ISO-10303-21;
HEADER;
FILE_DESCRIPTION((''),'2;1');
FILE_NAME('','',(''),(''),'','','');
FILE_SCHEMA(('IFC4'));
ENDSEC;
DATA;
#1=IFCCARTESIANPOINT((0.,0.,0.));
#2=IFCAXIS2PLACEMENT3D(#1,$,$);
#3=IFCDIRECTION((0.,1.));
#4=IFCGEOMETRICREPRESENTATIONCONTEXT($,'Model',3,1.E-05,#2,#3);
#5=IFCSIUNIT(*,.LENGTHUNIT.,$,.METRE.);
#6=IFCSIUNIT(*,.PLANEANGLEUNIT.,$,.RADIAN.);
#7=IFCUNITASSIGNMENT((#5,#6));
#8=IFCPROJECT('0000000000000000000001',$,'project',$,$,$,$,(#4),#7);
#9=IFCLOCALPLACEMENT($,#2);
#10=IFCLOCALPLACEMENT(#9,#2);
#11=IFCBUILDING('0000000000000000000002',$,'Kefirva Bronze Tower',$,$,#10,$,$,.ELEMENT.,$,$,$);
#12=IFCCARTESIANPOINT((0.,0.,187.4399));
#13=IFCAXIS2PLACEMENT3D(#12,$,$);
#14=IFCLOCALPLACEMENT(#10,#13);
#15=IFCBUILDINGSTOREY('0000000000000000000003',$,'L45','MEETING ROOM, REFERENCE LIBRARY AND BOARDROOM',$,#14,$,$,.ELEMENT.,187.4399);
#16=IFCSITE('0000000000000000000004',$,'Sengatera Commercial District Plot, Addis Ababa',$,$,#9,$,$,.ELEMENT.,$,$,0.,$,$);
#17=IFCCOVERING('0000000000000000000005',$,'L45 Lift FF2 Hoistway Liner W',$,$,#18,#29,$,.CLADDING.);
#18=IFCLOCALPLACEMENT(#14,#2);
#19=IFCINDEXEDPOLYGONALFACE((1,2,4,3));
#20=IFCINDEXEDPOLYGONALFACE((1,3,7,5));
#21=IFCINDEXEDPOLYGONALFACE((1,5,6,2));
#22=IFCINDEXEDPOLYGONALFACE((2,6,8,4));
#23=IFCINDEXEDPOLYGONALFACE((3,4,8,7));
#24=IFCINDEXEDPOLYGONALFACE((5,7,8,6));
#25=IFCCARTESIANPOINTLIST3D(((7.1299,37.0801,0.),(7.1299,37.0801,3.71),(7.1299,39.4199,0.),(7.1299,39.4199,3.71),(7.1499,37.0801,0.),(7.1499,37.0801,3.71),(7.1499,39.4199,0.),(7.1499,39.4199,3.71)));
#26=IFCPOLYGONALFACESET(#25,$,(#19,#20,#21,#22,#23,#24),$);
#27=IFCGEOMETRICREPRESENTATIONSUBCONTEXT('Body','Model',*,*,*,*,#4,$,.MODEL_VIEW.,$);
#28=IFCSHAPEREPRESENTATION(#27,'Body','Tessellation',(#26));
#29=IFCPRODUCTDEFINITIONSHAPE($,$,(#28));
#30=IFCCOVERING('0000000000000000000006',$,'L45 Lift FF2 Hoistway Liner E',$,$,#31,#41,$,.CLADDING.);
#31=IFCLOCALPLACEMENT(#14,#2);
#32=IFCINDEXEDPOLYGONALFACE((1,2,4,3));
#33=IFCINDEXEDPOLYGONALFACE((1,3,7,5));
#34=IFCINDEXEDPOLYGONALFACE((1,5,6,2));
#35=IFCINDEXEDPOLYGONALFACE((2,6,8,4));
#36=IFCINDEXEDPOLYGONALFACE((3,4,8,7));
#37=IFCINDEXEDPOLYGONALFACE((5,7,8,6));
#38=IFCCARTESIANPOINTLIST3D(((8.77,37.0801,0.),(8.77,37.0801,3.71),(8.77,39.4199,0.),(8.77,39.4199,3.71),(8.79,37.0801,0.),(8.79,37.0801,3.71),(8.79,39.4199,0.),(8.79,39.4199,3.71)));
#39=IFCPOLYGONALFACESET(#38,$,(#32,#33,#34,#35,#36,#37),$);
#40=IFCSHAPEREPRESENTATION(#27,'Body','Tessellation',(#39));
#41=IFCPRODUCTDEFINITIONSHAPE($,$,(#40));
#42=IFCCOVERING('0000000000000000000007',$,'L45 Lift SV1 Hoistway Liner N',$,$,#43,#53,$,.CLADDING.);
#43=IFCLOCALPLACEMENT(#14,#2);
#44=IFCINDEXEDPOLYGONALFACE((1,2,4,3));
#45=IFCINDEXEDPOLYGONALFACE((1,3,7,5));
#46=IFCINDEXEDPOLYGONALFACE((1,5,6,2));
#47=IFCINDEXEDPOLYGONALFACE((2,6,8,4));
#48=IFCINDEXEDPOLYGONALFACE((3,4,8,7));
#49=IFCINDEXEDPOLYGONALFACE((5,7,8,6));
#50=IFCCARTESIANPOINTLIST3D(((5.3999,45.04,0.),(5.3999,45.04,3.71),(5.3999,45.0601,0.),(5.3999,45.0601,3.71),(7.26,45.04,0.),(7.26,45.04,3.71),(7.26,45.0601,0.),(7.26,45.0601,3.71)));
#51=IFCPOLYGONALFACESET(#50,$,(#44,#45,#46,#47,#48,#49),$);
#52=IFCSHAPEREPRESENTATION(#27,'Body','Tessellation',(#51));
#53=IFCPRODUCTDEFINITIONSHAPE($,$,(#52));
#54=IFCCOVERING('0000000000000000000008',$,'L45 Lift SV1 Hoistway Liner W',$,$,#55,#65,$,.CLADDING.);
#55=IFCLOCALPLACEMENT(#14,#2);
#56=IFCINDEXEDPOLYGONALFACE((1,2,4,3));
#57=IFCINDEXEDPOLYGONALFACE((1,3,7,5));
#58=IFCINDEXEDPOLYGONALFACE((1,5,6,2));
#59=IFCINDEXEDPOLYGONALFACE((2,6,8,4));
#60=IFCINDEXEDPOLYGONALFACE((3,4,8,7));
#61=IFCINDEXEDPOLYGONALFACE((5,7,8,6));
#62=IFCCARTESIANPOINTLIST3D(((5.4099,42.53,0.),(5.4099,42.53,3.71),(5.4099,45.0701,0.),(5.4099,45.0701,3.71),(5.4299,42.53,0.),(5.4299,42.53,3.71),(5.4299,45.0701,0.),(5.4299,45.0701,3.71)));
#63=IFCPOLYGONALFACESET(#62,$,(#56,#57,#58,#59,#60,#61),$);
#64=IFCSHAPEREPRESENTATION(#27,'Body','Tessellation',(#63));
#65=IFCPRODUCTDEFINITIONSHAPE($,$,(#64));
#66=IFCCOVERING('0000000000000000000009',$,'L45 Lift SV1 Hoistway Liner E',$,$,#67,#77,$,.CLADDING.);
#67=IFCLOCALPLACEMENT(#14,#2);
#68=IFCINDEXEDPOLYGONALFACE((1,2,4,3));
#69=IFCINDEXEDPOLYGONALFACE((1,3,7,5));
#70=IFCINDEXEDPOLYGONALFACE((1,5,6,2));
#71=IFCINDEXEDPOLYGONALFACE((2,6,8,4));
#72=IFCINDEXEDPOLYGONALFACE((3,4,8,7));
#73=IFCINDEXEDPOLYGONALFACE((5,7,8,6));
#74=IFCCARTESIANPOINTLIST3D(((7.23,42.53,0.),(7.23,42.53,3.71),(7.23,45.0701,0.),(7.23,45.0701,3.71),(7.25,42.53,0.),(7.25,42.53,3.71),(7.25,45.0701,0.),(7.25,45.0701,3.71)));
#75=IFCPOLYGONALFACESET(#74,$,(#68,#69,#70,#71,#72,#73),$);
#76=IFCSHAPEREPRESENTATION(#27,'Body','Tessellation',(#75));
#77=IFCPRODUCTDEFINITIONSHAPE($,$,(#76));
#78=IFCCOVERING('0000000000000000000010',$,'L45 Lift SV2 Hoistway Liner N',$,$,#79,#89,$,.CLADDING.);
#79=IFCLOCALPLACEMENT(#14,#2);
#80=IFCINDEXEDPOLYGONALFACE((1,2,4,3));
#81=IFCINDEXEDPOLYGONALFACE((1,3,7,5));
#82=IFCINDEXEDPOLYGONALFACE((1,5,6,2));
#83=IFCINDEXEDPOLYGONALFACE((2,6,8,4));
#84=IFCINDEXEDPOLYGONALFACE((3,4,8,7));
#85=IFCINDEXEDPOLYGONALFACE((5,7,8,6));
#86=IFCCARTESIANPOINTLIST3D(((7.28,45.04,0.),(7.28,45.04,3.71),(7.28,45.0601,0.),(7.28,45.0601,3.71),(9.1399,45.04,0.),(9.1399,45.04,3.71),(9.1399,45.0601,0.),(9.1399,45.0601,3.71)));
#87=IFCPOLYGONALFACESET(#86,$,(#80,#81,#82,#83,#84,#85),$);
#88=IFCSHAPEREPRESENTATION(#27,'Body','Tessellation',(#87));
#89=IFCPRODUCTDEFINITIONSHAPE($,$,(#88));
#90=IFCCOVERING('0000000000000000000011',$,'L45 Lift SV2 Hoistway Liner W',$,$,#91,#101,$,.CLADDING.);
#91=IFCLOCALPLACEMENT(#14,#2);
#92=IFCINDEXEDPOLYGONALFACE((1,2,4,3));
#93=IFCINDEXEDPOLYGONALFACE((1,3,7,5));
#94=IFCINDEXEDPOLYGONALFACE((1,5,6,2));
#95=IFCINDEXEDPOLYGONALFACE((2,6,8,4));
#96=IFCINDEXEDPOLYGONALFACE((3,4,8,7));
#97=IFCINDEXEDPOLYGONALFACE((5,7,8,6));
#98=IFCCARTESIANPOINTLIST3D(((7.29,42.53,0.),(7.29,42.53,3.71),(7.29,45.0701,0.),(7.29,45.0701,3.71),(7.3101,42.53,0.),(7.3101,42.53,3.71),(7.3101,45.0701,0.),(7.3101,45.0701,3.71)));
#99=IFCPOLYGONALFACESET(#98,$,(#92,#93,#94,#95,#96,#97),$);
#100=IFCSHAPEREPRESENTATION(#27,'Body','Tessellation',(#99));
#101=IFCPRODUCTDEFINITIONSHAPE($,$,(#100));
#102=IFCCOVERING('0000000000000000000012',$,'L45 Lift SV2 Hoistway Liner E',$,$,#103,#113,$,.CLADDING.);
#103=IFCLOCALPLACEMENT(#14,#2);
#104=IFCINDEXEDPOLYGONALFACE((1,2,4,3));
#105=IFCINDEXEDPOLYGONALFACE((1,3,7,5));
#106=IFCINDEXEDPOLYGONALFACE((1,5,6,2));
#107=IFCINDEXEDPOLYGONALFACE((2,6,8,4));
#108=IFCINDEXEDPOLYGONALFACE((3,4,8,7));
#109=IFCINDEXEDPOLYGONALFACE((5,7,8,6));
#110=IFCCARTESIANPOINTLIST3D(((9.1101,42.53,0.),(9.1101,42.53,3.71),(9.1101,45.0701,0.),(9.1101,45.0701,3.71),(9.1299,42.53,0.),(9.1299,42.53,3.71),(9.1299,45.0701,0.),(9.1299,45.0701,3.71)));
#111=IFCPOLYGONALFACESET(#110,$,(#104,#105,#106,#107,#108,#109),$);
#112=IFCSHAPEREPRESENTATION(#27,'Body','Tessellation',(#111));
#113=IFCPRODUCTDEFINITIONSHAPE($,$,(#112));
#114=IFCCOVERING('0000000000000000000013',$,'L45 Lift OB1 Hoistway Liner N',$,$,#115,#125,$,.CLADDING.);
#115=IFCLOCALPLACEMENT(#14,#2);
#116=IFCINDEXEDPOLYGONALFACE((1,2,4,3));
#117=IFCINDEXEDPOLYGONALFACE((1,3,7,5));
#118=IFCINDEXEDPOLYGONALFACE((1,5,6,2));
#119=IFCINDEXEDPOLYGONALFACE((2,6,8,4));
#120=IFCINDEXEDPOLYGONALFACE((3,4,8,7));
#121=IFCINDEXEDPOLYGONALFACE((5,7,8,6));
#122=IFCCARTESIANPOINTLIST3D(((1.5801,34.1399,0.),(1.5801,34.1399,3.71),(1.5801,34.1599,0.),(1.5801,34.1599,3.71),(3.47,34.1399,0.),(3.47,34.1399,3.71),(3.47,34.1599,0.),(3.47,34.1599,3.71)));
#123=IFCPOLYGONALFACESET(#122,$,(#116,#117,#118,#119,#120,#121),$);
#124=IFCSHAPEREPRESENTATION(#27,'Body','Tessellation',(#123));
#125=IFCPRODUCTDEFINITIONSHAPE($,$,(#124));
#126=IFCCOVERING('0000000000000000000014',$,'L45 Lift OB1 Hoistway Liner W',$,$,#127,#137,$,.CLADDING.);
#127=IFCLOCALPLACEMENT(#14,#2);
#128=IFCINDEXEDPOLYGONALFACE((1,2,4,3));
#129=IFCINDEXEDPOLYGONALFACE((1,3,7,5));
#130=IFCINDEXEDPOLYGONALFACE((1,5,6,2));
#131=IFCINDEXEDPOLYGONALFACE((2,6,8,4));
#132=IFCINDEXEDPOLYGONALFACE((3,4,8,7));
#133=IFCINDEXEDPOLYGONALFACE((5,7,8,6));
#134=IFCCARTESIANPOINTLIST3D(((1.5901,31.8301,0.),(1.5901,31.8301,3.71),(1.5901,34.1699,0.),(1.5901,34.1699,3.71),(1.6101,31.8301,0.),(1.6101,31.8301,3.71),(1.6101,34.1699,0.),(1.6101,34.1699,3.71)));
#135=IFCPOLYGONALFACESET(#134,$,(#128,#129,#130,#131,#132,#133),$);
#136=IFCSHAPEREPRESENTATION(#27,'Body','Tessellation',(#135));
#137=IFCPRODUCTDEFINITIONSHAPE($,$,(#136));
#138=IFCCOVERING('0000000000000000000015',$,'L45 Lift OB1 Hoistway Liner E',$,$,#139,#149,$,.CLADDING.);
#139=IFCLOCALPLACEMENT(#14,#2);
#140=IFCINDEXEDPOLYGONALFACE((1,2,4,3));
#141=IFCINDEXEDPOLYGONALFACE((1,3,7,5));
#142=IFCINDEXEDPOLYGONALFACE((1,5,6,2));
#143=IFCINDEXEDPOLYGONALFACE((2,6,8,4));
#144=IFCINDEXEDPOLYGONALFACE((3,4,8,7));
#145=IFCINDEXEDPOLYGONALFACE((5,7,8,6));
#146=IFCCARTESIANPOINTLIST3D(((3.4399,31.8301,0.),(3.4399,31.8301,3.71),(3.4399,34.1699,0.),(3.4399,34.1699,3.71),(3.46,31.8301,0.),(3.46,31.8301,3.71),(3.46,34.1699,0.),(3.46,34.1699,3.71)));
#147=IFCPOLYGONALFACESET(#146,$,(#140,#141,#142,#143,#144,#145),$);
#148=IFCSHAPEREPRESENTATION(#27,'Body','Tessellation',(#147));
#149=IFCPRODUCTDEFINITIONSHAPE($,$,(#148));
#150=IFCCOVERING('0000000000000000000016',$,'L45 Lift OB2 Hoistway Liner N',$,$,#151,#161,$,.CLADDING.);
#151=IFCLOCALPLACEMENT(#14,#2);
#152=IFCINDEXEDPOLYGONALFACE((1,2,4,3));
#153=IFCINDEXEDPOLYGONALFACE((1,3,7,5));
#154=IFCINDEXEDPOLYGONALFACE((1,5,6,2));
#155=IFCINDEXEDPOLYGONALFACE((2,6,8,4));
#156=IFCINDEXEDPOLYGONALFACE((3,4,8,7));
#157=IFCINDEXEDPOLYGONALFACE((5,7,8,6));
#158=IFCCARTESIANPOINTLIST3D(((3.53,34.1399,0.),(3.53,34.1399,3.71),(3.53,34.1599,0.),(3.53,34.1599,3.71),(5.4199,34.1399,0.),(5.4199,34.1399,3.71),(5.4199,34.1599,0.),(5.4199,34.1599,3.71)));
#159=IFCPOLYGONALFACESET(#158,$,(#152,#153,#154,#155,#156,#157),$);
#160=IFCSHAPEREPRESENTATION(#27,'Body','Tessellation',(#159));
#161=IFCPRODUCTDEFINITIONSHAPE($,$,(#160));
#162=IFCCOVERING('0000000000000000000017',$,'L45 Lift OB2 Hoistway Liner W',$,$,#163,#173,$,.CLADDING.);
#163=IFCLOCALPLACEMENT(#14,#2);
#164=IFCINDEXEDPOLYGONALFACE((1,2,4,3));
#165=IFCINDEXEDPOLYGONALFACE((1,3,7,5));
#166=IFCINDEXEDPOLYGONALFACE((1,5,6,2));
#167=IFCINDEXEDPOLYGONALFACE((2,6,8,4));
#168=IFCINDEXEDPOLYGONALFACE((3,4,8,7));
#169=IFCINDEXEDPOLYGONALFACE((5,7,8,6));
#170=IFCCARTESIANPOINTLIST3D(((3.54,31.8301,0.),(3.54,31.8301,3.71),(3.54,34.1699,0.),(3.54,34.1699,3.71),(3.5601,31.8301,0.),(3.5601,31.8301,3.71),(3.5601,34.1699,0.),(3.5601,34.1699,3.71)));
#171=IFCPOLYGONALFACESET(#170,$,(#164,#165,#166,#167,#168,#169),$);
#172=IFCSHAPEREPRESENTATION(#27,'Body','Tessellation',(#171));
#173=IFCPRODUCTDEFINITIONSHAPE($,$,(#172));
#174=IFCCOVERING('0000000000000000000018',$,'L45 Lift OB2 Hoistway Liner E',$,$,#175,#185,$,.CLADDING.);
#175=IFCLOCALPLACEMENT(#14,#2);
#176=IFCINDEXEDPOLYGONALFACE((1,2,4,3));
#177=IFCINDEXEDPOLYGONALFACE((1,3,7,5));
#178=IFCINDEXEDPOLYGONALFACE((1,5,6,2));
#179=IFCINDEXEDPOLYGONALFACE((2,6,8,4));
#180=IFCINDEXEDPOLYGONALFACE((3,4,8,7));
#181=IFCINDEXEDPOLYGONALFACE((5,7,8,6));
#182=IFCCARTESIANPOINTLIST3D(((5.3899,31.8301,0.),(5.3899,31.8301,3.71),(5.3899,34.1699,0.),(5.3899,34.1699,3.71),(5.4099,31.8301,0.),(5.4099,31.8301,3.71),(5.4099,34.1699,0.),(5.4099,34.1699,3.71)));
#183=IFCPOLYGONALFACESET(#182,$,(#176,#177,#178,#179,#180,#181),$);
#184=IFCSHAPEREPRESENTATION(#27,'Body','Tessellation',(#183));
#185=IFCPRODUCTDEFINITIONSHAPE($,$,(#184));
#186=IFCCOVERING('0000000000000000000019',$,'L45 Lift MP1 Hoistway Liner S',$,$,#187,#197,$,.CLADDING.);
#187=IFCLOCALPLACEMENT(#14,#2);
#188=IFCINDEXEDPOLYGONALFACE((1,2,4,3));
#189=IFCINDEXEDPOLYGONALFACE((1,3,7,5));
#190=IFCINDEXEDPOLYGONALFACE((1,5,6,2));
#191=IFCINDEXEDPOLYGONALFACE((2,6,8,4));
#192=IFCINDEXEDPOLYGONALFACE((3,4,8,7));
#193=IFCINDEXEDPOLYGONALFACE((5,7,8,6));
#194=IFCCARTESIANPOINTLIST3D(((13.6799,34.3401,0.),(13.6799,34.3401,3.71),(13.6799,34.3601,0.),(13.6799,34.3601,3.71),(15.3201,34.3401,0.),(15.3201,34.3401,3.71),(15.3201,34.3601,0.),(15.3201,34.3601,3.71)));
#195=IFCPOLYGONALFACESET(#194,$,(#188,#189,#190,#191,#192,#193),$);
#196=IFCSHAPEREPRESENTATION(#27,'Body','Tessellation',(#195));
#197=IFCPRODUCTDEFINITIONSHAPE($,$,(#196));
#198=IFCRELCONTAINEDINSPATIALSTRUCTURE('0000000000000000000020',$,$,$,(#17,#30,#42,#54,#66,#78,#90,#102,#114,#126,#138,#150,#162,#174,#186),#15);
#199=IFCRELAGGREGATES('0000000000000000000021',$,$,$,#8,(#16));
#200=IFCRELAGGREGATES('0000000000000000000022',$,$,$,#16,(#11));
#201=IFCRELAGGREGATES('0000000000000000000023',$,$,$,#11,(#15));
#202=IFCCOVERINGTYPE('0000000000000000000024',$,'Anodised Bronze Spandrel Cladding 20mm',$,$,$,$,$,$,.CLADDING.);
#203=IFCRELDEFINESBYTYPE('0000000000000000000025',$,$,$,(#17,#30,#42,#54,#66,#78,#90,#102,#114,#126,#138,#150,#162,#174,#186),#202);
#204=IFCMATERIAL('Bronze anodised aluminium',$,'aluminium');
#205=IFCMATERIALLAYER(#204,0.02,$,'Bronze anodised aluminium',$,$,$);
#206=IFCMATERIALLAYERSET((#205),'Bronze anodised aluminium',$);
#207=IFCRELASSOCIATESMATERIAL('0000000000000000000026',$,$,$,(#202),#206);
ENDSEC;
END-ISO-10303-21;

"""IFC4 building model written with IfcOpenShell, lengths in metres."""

from ifc_helpers import new_model, si_unit, direction, frame, origin, place, context, subcontext, project, spatial, polyline, outline, extrude, material, layer, layer_set, type_object, element, save


model = new_model("IFC4")

# Units and contexts
model_context = context("Model", 3, precision=1e-05, world=origin(), true_north=direction((0.0, 1.0)))
body_context = subcontext(model_context, "Body", "Model", "MODEL_VIEW")
ifc_project = project(units=[si_unit("LENGTHUNIT", "METRE"), si_unit("PLANEANGLEUNIT", "RADIAN")], contexts=[model_context])

# Site, building, storey
site_placement = place(None, origin())
site = spatial("IfcSite", under=ifc_project, at=site_placement, Name="Sengatera Commercial District Plot, Addis Ababa", CompositionType="ELEMENT", RefElevation=0.0)
building_placement = place(site_placement, origin())
building = spatial("IfcBuilding", under=site, at=building_placement, Name="Kefirva Bronze Tower", CompositionType="ELEMENT")
storey_placement = place(building_placement, frame((0.0, 0.0, 187.4399)))
storey = spatial("IfcBuildingStorey", under=building, at=storey_placement, Name="L45", Description="MEETING ROOM, REFERENCE LIBRARY AND BOARDROOM", CompositionType="ELEMENT", Elevation=187.4399)

# Coverings
ifc_material_1 = material(Name="Bronze anodised aluminium", Category="aluminium")
ifc_layer_1 = layer(ifc_material_1, 0.02, Name="Bronze anodised aluminium")
ifc_layer_set_1 = layer_set([ifc_layer_1], Name="Bronze anodised aluminium")
covering_type = type_object("IfcCoveringType", Name="Anodised Bronze Spandrel Cladding 20mm", PredefinedType="CLADDING", material=ifc_layer_set_1)
covering_1_placement = place(storey_placement, origin())
element("IfcCovering", 1, at=covering_1_placement, inside=storey, type_object=covering_type, Name="L45 Lift FF2 Hoistway Liner W", PredefinedType="CLADDING", context=body_context, shape_type="SweptSolid", body=[
    extrude(outline(polyline([(7.1299, 37.0801), (7.1499, 37.0801), (7.1499, 39.4199), (7.1299, 39.4199), (7.1299, 37.0801)])), origin(), (0.0, 0.0, 1.0), 3.71),
])
covering_2_placement = place(storey_placement, origin())
element("IfcCovering", 2, at=covering_2_placement, inside=storey, type_object=covering_type, Name="L45 Lift FF2 Hoistway Liner E", PredefinedType="CLADDING", context=body_context, shape_type="SweptSolid", body=[
    extrude(outline(polyline([(8.77, 37.0801), (8.79, 37.0801), (8.79, 39.4199), (8.77, 39.4199), (8.77, 37.0801)])), origin(), (0.0, 0.0, 1.0), 3.71),
])
covering_3_placement = place(storey_placement, origin())
element("IfcCovering", 3, at=covering_3_placement, inside=storey, type_object=covering_type, Name="L45 Lift SV1 Hoistway Liner N", PredefinedType="CLADDING", context=body_context, shape_type="SweptSolid", body=[
    extrude(outline(polyline([(5.3999, 45.04), (7.26, 45.04), (7.26, 45.0601), (5.3999, 45.0601), (5.3999, 45.04)])), origin(), (0.0, 0.0, 1.0), 3.71),
])
covering_4_placement = place(storey_placement, origin())
element("IfcCovering", 4, at=covering_4_placement, inside=storey, type_object=covering_type, Name="L45 Lift SV1 Hoistway Liner W", PredefinedType="CLADDING", context=body_context, shape_type="SweptSolid", body=[
    extrude(outline(polyline([(5.4099, 42.53), (5.4299, 42.53), (5.4299, 45.0701), (5.4099, 45.0701), (5.4099, 42.53)])), origin(), (0.0, 0.0, 1.0), 3.71),
])
covering_5_placement = place(storey_placement, origin())
element("IfcCovering", 5, at=covering_5_placement, inside=storey, type_object=covering_type, Name="L45 Lift SV1 Hoistway Liner E", PredefinedType="CLADDING", context=body_context, shape_type="SweptSolid", body=[
    extrude(outline(polyline([(7.23, 42.53), (7.25, 42.53), (7.25, 45.0701), (7.23, 45.0701), (7.23, 42.53)])), origin(), (0.0, 0.0, 1.0), 3.71),
])
covering_6_placement = place(storey_placement, origin())
element("IfcCovering", 6, at=covering_6_placement, inside=storey, type_object=covering_type, Name="L45 Lift SV2 Hoistway Liner N", PredefinedType="CLADDING", context=body_context, shape_type="SweptSolid", body=[
    extrude(outline(polyline([(7.28, 45.04), (9.1399, 45.04), (9.1399, 45.0601), (7.28, 45.0601), (7.28, 45.04)])), origin(), (0.0, 0.0, 1.0), 3.71),
])
covering_7_placement = place(storey_placement, origin())
element("IfcCovering", 7, at=covering_7_placement, inside=storey, type_object=covering_type, Name="L45 Lift SV2 Hoistway Liner W", PredefinedType="CLADDING", context=body_context, shape_type="SweptSolid", body=[
    extrude(outline(polyline([(7.29, 42.53), (7.3101, 42.53), (7.3101, 45.0701), (7.29, 45.0701), (7.29, 42.53)])), origin(), (0.0, 0.0, 1.0), 3.71),
])
covering_8_placement = place(storey_placement, origin())
element("IfcCovering", 8, at=covering_8_placement, inside=storey, type_object=covering_type, Name="L45 Lift SV2 Hoistway Liner E", PredefinedType="CLADDING", context=body_context, shape_type="SweptSolid", body=[
    extrude(outline(polyline([(9.1101, 42.53), (9.1299, 42.53), (9.1299, 45.0701), (9.1101, 45.0701), (9.1101, 42.53)])), origin(), (0.0, 0.0, 1.0), 3.71),
])
covering_9_placement = place(storey_placement, origin())
element("IfcCovering", 9, at=covering_9_placement, inside=storey, type_object=covering_type, Name="L45 Lift OB1 Hoistway Liner N", PredefinedType="CLADDING", context=body_context, shape_type="SweptSolid", body=[
    extrude(outline(polyline([(1.5801, 34.1399), (3.47, 34.1399), (3.47, 34.1599), (1.5801, 34.1599), (1.5801, 34.1399)])), origin(), (0.0, 0.0, 1.0), 3.71),
])
covering_10_placement = place(storey_placement, origin())
element("IfcCovering", 10, at=covering_10_placement, inside=storey, type_object=covering_type, Name="L45 Lift OB1 Hoistway Liner W", PredefinedType="CLADDING", context=body_context, shape_type="SweptSolid", body=[
    extrude(outline(polyline([(1.5901, 31.8301), (1.6101, 31.8301), (1.6101, 34.1699), (1.5901, 34.1699), (1.5901, 31.8301)])), origin(), (0.0, 0.0, 1.0), 3.71),
])
covering_11_placement = place(storey_placement, origin())
element("IfcCovering", 11, at=covering_11_placement, inside=storey, type_object=covering_type, Name="L45 Lift OB1 Hoistway Liner E", PredefinedType="CLADDING", context=body_context, shape_type="SweptSolid", body=[
    extrude(outline(polyline([(3.4399, 31.8301), (3.46, 31.8301), (3.46, 34.1699), (3.4399, 34.1699), (3.4399, 31.8301)])), origin(), (0.0, 0.0, 1.0), 3.71),
])
covering_12_placement = place(storey_placement, origin())
element("IfcCovering", 12, at=covering_12_placement, inside=storey, type_object=covering_type, Name="L45 Lift OB2 Hoistway Liner N", PredefinedType="CLADDING", context=body_context, shape_type="SweptSolid", body=[
    extrude(outline(polyline([(3.53, 34.1399), (5.4199, 34.1399), (5.4199, 34.1599), (3.53, 34.1599), (3.53, 34.1399)])), origin(), (0.0, 0.0, 1.0), 3.71),
])
covering_13_placement = place(storey_placement, origin())
element("IfcCovering", 13, at=covering_13_placement, inside=storey, type_object=covering_type, Name="L45 Lift OB2 Hoistway Liner W", PredefinedType="CLADDING", context=body_context, shape_type="SweptSolid", body=[
    extrude(outline(polyline([(3.54, 31.8301), (3.5601, 31.8301), (3.5601, 34.1699), (3.54, 34.1699), (3.54, 31.8301)])), origin(), (0.0, 0.0, 1.0), 3.71),
])
covering_14_placement = place(storey_placement, origin())
element("IfcCovering", 14, at=covering_14_placement, inside=storey, type_object=covering_type, Name="L45 Lift OB2 Hoistway Liner E", PredefinedType="CLADDING", context=body_context, shape_type="SweptSolid", body=[
    extrude(outline(polyline([(5.3899, 31.8301), (5.4099, 31.8301), (5.4099, 34.1699), (5.3899, 34.1699), (5.3899, 31.8301)])), origin(), (0.0, 0.0, 1.0), 3.71),
])
covering_15_placement = place(storey_placement, origin())
element("IfcCovering", 15, at=covering_15_placement, inside=storey, type_object=covering_type, Name="L45 Lift MP1 Hoistway Liner S", PredefinedType="CLADDING", context=body_context, shape_type="SweptSolid", body=[
    extrude(outline(polyline([(13.6799, 34.3401), (15.3201, 34.3401), (15.3201, 34.3601), (13.6799, 34.3601), (13.6799, 34.3401)])), origin(), (0.0, 0.0, 1.0), 3.71),
])

save(model, "model.ifc")
